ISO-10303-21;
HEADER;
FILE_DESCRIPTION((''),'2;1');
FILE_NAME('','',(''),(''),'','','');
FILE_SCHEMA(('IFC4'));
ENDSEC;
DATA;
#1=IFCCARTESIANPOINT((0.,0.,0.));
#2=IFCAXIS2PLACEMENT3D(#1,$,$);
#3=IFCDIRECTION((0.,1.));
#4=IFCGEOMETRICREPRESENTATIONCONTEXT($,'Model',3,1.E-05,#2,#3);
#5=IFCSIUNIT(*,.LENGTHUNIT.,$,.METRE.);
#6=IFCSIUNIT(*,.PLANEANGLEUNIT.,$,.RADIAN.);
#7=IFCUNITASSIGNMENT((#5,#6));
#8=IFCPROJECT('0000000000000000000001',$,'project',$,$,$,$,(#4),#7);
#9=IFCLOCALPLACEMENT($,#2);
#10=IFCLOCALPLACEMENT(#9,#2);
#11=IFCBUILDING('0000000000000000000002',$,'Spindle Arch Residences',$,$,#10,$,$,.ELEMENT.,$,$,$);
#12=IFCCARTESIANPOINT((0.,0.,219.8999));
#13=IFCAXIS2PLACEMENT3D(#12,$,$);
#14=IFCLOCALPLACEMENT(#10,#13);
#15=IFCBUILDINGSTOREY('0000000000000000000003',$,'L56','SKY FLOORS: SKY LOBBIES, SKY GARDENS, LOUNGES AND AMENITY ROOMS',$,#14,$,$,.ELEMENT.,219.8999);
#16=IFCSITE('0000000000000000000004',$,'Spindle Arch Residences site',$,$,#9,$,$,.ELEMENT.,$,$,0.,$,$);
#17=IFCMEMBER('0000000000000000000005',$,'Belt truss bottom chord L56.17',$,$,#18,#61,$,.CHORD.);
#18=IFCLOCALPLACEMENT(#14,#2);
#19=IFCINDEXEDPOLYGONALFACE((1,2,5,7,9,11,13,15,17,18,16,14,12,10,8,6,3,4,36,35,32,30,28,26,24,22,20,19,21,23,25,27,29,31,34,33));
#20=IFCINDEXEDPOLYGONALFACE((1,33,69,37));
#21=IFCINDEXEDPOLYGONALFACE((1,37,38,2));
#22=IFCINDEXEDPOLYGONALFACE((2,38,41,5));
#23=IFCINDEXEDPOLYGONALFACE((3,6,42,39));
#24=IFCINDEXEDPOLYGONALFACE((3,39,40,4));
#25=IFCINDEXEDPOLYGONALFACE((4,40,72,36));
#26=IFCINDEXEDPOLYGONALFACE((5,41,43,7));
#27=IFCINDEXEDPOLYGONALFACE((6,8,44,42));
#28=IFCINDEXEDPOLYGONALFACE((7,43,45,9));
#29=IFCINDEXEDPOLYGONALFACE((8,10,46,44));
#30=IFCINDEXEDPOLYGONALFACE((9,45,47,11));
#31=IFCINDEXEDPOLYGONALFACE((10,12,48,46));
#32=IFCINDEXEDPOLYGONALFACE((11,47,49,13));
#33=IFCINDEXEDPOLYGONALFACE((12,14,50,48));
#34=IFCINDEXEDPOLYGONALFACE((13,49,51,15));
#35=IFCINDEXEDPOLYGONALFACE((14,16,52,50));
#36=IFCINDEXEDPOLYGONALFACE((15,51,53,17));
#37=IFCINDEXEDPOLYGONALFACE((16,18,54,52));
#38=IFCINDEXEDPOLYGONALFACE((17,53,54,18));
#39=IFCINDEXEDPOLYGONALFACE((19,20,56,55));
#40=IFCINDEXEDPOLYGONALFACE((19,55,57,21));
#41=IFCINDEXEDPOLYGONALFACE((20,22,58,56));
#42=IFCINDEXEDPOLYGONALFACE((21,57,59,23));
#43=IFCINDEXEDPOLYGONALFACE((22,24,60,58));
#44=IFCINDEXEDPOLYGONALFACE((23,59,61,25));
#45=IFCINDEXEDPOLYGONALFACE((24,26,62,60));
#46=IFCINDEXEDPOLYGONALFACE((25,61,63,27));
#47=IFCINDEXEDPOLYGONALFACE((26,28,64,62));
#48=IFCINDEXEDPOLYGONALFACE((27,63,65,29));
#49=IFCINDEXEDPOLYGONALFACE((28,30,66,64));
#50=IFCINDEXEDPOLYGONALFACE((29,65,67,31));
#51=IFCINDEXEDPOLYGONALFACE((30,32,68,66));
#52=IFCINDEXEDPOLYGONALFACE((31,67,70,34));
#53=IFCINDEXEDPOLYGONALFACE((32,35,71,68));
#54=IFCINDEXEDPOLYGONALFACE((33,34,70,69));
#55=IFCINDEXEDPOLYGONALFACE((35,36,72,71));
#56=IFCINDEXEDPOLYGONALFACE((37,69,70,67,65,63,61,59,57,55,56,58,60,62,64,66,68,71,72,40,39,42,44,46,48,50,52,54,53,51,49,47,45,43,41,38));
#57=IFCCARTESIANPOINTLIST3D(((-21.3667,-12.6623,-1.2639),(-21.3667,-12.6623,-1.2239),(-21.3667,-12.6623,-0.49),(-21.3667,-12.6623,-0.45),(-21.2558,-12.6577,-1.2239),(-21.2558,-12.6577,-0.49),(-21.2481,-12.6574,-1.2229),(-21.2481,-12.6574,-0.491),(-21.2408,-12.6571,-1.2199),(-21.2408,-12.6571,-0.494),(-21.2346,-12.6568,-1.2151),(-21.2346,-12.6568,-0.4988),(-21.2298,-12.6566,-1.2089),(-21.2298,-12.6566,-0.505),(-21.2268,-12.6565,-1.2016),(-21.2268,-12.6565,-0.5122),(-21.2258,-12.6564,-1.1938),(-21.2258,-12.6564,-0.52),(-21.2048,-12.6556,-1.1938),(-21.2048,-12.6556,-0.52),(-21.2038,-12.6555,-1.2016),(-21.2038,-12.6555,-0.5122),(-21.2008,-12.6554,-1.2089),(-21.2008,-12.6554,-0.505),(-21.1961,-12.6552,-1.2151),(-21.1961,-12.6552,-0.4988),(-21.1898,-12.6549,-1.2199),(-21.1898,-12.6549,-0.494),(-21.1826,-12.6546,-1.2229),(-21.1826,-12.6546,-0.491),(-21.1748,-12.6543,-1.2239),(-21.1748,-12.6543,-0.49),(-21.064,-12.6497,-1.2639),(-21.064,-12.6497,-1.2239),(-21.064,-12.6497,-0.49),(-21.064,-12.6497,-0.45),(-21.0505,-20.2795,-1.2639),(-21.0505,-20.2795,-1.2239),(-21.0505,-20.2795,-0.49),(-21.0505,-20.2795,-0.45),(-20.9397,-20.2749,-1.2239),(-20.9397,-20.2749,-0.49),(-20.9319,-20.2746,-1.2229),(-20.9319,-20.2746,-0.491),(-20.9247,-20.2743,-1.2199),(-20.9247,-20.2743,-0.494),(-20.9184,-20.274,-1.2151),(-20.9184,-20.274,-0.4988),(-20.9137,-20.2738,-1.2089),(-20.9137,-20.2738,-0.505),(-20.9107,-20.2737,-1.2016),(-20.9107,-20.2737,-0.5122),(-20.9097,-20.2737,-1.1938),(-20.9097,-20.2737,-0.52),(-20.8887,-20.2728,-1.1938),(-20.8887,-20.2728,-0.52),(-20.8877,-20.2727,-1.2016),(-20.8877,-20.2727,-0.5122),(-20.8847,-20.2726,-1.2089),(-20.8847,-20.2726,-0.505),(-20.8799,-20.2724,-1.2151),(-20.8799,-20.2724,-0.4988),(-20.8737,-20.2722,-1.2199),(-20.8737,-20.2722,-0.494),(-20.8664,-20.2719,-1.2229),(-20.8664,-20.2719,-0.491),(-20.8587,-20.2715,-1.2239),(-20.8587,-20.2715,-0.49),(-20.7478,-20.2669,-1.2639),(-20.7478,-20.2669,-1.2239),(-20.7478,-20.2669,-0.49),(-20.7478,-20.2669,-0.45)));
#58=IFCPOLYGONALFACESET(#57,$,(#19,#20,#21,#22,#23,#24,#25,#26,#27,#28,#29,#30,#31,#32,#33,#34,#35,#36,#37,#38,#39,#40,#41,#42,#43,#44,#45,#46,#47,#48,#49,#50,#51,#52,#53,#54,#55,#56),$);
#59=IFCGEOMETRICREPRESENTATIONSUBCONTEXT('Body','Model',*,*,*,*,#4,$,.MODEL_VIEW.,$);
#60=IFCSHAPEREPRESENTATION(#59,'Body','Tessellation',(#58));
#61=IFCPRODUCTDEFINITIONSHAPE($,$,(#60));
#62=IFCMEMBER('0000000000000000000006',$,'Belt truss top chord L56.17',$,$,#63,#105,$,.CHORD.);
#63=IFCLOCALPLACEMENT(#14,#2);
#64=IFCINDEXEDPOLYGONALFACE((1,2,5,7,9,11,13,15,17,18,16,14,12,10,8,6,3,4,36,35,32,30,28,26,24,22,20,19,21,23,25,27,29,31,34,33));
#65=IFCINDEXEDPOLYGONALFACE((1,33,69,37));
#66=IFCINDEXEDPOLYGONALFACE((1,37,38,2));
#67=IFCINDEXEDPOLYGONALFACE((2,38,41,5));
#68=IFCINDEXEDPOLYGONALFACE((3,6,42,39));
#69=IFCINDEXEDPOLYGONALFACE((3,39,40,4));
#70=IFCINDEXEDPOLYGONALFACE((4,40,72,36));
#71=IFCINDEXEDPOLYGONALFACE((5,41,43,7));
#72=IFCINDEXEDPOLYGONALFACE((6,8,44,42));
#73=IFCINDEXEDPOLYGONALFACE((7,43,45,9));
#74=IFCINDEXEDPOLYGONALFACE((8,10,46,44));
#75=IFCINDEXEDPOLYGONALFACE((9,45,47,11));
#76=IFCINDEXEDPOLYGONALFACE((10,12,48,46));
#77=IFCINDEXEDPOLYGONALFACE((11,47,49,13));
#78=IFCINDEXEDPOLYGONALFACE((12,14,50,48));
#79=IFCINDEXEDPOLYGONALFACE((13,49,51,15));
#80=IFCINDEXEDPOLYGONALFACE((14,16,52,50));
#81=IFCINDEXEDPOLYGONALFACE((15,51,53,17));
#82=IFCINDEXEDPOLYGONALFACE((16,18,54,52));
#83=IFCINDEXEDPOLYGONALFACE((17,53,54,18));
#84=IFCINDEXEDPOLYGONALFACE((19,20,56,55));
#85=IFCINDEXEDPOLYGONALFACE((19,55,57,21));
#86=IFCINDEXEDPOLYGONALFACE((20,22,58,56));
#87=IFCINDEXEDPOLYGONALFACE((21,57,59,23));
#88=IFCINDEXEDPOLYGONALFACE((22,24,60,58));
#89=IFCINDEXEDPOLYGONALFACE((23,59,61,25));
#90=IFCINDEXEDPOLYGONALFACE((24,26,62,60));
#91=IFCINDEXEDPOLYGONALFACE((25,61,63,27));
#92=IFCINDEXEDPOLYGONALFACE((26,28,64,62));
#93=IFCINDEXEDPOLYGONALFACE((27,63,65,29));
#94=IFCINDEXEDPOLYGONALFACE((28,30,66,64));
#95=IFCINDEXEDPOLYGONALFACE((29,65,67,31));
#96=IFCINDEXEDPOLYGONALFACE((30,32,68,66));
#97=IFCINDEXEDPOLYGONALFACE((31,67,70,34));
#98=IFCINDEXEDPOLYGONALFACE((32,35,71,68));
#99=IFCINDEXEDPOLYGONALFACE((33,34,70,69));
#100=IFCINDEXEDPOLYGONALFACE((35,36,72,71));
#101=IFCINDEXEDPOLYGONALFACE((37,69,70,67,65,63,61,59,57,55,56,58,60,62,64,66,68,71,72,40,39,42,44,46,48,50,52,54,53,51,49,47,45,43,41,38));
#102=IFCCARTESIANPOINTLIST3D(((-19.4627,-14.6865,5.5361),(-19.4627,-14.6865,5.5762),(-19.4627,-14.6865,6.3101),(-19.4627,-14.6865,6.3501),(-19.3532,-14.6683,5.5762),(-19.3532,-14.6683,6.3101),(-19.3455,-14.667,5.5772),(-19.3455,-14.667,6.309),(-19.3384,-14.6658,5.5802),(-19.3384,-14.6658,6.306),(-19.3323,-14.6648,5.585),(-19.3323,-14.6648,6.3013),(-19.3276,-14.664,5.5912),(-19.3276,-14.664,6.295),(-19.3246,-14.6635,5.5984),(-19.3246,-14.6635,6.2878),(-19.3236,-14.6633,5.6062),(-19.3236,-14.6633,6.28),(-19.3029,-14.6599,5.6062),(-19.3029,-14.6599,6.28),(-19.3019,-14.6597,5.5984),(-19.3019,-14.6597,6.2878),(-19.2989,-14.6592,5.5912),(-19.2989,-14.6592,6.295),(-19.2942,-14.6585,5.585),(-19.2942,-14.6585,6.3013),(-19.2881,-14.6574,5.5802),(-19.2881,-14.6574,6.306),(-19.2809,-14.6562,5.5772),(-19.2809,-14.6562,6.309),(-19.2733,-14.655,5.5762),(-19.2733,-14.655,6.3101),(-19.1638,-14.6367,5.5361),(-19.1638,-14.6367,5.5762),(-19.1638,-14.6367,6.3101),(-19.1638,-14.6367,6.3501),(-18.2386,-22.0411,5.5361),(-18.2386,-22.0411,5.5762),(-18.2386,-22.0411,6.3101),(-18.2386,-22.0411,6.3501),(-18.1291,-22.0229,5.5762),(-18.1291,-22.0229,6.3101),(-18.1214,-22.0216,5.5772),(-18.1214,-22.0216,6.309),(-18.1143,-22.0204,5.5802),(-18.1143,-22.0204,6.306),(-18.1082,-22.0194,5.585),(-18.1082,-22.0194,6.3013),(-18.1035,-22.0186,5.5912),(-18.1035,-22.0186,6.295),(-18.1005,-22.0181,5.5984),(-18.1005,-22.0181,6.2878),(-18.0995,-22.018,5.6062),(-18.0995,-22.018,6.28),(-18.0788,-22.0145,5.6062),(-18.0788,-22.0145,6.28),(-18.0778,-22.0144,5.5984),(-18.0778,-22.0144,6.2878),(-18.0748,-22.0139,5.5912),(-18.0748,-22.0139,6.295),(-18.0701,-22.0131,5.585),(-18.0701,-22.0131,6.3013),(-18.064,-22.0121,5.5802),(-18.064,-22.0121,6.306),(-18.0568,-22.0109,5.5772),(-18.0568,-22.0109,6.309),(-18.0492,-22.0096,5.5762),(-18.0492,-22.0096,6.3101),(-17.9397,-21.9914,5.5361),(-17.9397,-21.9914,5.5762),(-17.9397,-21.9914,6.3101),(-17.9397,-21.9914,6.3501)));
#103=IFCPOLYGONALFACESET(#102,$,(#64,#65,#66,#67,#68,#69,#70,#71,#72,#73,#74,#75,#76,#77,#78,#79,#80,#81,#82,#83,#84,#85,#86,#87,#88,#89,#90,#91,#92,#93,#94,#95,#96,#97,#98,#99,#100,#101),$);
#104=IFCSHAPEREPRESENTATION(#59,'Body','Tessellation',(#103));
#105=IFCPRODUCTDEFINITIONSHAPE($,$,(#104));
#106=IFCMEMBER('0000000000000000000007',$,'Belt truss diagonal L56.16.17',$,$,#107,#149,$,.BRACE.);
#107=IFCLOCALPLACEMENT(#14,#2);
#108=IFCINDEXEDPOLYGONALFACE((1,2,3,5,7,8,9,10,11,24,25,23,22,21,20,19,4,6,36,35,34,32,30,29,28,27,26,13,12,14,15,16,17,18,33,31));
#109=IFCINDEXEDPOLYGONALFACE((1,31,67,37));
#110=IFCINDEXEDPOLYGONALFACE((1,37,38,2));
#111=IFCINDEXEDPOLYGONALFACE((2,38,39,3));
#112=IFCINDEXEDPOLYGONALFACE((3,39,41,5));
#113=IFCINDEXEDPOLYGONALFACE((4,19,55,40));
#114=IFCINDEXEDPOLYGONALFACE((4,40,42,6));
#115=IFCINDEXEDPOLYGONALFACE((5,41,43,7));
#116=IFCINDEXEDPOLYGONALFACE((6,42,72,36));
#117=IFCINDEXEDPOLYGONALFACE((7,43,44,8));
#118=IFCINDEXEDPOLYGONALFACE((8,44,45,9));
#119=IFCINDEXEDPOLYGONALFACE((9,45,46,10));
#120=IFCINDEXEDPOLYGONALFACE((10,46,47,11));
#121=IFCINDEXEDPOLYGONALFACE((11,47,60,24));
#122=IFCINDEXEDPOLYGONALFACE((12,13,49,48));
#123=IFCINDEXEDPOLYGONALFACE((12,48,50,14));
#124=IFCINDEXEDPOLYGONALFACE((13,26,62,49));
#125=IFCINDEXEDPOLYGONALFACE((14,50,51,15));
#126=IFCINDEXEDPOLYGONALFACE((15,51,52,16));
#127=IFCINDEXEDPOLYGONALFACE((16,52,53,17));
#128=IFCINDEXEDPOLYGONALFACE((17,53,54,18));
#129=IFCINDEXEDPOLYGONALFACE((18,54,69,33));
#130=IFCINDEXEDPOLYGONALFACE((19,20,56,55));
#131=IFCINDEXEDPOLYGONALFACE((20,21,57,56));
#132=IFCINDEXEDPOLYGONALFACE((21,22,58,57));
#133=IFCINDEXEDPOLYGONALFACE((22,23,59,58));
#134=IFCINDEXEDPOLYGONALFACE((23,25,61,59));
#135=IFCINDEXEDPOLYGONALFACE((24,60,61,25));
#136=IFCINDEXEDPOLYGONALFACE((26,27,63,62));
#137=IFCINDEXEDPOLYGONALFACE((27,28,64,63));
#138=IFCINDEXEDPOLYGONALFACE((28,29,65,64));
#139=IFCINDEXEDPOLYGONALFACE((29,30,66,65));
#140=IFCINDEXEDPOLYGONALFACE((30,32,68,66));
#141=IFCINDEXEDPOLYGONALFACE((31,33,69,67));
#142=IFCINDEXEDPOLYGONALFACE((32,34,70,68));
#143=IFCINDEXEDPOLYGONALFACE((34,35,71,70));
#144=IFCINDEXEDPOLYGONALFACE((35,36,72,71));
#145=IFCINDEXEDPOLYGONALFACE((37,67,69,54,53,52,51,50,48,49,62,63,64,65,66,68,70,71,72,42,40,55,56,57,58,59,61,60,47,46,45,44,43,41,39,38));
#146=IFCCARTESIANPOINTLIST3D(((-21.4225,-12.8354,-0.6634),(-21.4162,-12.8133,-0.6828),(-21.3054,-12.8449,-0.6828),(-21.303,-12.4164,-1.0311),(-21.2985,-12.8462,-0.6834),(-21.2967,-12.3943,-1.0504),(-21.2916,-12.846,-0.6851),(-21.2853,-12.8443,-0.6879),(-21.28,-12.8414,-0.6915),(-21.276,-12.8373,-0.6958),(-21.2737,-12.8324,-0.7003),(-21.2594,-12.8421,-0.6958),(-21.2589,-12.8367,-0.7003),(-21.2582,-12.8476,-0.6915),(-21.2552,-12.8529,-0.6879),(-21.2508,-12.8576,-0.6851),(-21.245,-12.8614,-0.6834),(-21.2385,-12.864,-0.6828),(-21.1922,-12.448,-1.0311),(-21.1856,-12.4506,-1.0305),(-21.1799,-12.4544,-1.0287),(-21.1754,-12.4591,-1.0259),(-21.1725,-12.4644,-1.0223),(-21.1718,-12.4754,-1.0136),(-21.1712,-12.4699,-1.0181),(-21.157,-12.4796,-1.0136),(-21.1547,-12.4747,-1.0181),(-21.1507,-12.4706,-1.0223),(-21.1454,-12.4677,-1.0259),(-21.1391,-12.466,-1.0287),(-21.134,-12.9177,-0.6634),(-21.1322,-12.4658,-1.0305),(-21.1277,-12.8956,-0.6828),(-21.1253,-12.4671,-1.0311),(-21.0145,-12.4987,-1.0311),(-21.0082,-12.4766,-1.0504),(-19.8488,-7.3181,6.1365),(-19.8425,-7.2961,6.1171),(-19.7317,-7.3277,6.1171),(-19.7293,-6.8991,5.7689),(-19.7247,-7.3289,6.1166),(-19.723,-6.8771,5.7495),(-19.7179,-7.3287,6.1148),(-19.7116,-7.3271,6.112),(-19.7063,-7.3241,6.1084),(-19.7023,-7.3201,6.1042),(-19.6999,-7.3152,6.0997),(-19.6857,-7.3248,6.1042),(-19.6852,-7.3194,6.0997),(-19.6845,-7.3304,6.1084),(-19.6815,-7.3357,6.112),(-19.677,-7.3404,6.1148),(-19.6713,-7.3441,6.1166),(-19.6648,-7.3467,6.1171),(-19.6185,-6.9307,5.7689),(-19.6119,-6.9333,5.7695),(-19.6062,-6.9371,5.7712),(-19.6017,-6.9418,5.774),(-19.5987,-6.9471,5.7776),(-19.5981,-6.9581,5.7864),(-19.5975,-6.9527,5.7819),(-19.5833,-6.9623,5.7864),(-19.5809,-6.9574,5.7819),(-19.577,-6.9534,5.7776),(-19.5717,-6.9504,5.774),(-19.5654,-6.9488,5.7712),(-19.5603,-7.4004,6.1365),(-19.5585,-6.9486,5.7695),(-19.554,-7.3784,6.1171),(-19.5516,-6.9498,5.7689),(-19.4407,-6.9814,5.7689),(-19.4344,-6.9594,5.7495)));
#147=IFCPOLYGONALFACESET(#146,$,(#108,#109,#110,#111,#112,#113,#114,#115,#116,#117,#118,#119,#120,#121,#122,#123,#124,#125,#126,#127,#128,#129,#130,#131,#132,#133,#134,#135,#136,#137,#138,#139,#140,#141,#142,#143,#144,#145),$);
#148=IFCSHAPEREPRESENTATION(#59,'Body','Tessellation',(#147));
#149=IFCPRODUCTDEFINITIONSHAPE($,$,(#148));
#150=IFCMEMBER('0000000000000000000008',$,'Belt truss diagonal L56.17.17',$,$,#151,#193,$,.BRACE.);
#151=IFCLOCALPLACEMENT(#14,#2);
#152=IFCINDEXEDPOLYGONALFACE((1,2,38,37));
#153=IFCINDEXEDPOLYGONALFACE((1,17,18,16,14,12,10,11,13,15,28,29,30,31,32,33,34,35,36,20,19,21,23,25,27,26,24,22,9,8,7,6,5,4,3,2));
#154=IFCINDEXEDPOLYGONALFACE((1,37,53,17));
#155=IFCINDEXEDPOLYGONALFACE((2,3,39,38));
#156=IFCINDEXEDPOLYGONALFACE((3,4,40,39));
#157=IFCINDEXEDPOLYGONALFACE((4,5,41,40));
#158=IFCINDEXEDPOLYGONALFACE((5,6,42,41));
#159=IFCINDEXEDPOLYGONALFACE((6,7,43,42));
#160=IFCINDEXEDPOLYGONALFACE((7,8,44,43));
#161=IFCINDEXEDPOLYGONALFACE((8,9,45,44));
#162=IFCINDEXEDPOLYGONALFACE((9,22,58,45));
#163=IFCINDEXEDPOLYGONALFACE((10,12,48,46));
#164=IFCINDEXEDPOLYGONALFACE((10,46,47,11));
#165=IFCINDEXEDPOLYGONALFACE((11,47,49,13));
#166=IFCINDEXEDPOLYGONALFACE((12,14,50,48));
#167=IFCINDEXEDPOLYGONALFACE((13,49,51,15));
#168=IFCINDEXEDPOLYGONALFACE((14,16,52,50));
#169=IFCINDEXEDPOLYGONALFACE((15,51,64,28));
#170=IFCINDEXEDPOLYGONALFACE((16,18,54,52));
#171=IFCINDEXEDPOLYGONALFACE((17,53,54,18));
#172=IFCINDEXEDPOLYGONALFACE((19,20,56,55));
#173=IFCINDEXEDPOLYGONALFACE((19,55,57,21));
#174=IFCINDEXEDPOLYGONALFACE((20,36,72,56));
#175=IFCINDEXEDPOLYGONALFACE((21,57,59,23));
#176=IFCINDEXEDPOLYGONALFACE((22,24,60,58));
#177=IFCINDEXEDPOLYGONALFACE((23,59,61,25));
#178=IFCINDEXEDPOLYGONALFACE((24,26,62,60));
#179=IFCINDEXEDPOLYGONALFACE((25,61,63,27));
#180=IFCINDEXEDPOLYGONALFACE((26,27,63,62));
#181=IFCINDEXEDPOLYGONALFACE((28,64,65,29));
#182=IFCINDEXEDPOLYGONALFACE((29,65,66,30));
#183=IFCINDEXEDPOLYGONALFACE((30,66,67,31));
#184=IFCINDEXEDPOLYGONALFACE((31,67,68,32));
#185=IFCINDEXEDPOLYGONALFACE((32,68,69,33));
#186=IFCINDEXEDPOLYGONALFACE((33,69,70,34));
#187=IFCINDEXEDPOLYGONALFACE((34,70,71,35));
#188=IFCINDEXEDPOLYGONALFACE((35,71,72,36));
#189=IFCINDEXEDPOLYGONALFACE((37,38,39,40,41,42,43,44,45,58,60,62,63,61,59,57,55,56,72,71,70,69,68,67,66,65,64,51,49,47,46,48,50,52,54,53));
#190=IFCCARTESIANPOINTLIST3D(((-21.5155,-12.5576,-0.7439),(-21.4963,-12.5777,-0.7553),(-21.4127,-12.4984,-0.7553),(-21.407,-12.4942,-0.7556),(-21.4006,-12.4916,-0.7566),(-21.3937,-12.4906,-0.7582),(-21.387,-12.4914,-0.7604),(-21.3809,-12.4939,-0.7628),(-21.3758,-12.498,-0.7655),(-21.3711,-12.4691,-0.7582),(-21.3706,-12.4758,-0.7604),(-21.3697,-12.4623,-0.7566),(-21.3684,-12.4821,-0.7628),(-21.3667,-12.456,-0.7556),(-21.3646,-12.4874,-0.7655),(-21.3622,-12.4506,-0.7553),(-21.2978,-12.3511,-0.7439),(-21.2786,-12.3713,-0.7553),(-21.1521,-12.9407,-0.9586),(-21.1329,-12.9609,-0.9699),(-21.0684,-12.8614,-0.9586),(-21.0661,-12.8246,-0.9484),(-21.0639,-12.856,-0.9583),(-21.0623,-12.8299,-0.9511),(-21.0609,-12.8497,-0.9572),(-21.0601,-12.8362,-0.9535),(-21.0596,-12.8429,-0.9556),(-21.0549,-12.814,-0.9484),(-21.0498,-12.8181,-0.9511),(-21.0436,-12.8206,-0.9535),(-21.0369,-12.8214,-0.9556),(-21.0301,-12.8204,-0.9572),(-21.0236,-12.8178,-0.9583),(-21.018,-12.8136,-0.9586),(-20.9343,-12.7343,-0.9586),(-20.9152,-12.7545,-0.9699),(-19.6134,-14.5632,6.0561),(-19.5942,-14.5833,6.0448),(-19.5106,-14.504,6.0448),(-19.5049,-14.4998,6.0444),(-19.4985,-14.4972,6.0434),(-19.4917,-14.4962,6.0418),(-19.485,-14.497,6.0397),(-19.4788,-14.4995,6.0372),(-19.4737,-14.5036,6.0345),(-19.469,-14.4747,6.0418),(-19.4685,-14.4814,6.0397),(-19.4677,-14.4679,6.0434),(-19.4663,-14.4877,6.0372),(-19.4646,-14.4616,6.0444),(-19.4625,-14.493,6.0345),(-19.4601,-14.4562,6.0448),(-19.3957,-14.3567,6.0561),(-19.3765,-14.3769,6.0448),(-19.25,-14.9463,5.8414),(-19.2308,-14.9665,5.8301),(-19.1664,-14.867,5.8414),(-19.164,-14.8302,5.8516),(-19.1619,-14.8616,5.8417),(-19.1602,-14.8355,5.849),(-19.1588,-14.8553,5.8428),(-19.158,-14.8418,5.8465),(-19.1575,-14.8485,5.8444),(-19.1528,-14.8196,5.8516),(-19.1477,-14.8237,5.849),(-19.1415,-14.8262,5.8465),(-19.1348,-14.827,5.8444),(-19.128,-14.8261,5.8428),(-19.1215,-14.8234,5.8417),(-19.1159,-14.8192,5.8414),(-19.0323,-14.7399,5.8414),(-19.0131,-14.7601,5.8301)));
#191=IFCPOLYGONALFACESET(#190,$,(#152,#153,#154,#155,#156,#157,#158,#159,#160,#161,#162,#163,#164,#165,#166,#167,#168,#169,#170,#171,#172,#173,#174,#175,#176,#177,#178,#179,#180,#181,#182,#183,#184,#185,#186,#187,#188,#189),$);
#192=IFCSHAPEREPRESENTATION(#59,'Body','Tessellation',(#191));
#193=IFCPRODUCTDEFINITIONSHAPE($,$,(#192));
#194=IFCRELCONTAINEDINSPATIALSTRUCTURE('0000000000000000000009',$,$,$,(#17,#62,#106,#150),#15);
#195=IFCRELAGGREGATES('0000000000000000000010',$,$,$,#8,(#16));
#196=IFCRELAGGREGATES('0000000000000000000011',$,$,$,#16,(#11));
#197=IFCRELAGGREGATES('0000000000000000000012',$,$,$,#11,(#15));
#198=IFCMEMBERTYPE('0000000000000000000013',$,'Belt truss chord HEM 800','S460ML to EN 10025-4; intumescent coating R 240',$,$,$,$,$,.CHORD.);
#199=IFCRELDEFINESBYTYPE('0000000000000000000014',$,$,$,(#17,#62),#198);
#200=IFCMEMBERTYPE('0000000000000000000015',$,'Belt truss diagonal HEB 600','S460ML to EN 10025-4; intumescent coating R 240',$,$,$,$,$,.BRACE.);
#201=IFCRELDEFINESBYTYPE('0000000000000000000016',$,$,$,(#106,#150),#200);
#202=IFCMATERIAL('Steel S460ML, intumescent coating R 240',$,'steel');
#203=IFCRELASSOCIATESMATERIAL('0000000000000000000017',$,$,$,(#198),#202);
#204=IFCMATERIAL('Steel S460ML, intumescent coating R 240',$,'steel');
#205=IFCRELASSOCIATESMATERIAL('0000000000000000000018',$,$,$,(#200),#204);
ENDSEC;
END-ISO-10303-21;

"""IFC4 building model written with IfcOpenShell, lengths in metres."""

from ifc_helpers import new_model, si_unit, direction, frame, origin, origin_2d, place, context, subcontext, project, spatial, i_section, extrude, material, material_profile, profile_set, type_object, element, save


model = new_model("IFC4")

# Units and contexts
model_context = context("Model", 3, precision=1e-05, world=origin(), true_north=direction((0.0, 1.0)))
body_context = subcontext(model_context, "Body", "Model", "MODEL_VIEW")
ifc_project = project(units=[si_unit("LENGTHUNIT", "METRE"), si_unit("PLANEANGLEUNIT", "RADIAN")], contexts=[model_context])

# Site, building, storey
site_placement = place(None, origin())
site = spatial("IfcSite", under=ifc_project, at=site_placement, Name="Spindle Arch Residences site", CompositionType="ELEMENT", RefElevation=0.0)
building_placement = place(site_placement, origin())
building = spatial("IfcBuilding", under=site, at=building_placement, Name="Spindle Arch Residences", CompositionType="ELEMENT")
storey_placement = place(building_placement, frame((0.0, 0.0, 219.8999)))
storey = spatial("IfcBuildingStorey", under=building, at=storey_placement, Name="L56", Description="SKY FLOORS: SKY LOBBIES, SKY GARDENS, LOUNGES AND AMENITY ROOMS", CompositionType="ELEMENT", Elevation=219.8999)

# Members
ifc_material_1 = material(Name="Steel S460ML, intumescent coating R 240", Category="steel")
ifc_material_profile_1 = material_profile(ifc_material_1, i_section(OverallWidth=0.303, OverallDepth=0.814, WebThickness=0.021, FlangeThickness=0.04, FilletRadius=0.03, at=origin_2d()), Name="HEM 800")
ifc_profile_set_1 = profile_set([ifc_material_profile_1], Name="Steel S460ML, intumescent coating R 240")
member_type_1 = type_object("IfcMemberType", Name="Belt truss chord HEM 800", Description="S460ML to EN 10025-4; intumescent coating R 240", PredefinedType="CHORD", material=ifc_profile_set_1)
member_1_placement = place(storey_placement, frame((-21.2153, -12.656, -0.8569), z_axis=(0.041471, -0.99914, 0.0), x_axis=(0.99914, 0.041471, 0.0)))
element("IfcMember", 1, at=member_1_placement, inside=storey, type_object=member_type_1, Name="Belt truss bottom chord L56.17", PredefinedType="CHORD", context=body_context, shape_type="SweptSolid", body=[
    extrude(i_section(OverallWidth=0.303, OverallDepth=0.814, WebThickness=0.021, FlangeThickness=0.04, FilletRadius=0.03, at=origin_2d()), origin(), (0.0, 0.0, 1.0), 7.6238),
])
member_2_placement = place(storey_placement, frame((-19.3132, -14.6616, 5.9431), z_axis=(0.164181, -0.98643, 0.0), x_axis=(0.98643, 0.164181, 0.0)))
element("IfcMember", 2, at=member_2_placement, inside=storey, type_object=member_type_1, Name="Belt truss top chord L56.17", PredefinedType="CHORD", context=body_context, shape_type="SweptSolid", body=[
    extrude(i_section(OverallWidth=0.303, OverallDepth=0.814, WebThickness=0.021, FlangeThickness=0.04, FilletRadius=0.03, at=origin_2d()), origin(), (0.0, 0.0, 1.0), 7.4558),
])
ifc_material_2 = material(Name="Steel S460ML, intumescent coating R 240", Category="steel")
ifc_material_profile_2 = material_profile(ifc_material_2, i_section(OverallWidth=0.3, OverallDepth=0.6001, WebThickness=0.0154, FlangeThickness=0.03, FilletRadius=0.0271, at=origin_2d()), Name="HEB 600")
ifc_profile_set_2 = profile_set([ifc_material_profile_2], Name="Steel S460ML, intumescent coating R 240")
member_type_2 = type_object("IfcMemberType", Name="Belt truss diagonal HEB 600", Description="S460ML to EN 10025-4; intumescent coating R 240", PredefinedType="BRACE", material=ifc_profile_set_2)
member_3_placement = place(storey_placement, frame((-21.2153, -12.656, -0.8569), z_axis=(0.176881, 0.620128, 0.7643), x_axis=(-0.961646, 0.274294, 0.0)))
element("IfcMember", 3, at=member_3_placement, inside=storey, type_object=member_type_2, Name="Belt truss diagonal L56.16.17", PredefinedType="BRACE", context=body_context, shape_type="SweptSolid", body=[
    extrude(i_section(OverallWidth=0.3, OverallDepth=0.6001, WebThickness=0.0154, FlangeThickness=0.03, FilletRadius=0.0271, at=origin_2d()), origin(), (0.0, 0.0, 1.0), 8.897),
])
member_4_placement = place(storey_placement, frame((-21.2153, -12.656, -0.8569), z_axis=(0.259128, -0.273231, 0.92639), x_axis=(0.725584, 0.688134, 0.0)))
element("IfcMember", 4, at=member_4_placement, inside=storey, type_object=member_type_2, Name="Belt truss diagonal L56.17.17", PredefinedType="BRACE", context=body_context, shape_type="SweptSolid", body=[
    extrude(i_section(OverallWidth=0.3, OverallDepth=0.6001, WebThickness=0.0154, FlangeThickness=0.03, FilletRadius=0.0271, at=origin_2d()), origin(), (0.0, 0.0, 1.0), 7.3403),
])

save(model, "model.ifc")
